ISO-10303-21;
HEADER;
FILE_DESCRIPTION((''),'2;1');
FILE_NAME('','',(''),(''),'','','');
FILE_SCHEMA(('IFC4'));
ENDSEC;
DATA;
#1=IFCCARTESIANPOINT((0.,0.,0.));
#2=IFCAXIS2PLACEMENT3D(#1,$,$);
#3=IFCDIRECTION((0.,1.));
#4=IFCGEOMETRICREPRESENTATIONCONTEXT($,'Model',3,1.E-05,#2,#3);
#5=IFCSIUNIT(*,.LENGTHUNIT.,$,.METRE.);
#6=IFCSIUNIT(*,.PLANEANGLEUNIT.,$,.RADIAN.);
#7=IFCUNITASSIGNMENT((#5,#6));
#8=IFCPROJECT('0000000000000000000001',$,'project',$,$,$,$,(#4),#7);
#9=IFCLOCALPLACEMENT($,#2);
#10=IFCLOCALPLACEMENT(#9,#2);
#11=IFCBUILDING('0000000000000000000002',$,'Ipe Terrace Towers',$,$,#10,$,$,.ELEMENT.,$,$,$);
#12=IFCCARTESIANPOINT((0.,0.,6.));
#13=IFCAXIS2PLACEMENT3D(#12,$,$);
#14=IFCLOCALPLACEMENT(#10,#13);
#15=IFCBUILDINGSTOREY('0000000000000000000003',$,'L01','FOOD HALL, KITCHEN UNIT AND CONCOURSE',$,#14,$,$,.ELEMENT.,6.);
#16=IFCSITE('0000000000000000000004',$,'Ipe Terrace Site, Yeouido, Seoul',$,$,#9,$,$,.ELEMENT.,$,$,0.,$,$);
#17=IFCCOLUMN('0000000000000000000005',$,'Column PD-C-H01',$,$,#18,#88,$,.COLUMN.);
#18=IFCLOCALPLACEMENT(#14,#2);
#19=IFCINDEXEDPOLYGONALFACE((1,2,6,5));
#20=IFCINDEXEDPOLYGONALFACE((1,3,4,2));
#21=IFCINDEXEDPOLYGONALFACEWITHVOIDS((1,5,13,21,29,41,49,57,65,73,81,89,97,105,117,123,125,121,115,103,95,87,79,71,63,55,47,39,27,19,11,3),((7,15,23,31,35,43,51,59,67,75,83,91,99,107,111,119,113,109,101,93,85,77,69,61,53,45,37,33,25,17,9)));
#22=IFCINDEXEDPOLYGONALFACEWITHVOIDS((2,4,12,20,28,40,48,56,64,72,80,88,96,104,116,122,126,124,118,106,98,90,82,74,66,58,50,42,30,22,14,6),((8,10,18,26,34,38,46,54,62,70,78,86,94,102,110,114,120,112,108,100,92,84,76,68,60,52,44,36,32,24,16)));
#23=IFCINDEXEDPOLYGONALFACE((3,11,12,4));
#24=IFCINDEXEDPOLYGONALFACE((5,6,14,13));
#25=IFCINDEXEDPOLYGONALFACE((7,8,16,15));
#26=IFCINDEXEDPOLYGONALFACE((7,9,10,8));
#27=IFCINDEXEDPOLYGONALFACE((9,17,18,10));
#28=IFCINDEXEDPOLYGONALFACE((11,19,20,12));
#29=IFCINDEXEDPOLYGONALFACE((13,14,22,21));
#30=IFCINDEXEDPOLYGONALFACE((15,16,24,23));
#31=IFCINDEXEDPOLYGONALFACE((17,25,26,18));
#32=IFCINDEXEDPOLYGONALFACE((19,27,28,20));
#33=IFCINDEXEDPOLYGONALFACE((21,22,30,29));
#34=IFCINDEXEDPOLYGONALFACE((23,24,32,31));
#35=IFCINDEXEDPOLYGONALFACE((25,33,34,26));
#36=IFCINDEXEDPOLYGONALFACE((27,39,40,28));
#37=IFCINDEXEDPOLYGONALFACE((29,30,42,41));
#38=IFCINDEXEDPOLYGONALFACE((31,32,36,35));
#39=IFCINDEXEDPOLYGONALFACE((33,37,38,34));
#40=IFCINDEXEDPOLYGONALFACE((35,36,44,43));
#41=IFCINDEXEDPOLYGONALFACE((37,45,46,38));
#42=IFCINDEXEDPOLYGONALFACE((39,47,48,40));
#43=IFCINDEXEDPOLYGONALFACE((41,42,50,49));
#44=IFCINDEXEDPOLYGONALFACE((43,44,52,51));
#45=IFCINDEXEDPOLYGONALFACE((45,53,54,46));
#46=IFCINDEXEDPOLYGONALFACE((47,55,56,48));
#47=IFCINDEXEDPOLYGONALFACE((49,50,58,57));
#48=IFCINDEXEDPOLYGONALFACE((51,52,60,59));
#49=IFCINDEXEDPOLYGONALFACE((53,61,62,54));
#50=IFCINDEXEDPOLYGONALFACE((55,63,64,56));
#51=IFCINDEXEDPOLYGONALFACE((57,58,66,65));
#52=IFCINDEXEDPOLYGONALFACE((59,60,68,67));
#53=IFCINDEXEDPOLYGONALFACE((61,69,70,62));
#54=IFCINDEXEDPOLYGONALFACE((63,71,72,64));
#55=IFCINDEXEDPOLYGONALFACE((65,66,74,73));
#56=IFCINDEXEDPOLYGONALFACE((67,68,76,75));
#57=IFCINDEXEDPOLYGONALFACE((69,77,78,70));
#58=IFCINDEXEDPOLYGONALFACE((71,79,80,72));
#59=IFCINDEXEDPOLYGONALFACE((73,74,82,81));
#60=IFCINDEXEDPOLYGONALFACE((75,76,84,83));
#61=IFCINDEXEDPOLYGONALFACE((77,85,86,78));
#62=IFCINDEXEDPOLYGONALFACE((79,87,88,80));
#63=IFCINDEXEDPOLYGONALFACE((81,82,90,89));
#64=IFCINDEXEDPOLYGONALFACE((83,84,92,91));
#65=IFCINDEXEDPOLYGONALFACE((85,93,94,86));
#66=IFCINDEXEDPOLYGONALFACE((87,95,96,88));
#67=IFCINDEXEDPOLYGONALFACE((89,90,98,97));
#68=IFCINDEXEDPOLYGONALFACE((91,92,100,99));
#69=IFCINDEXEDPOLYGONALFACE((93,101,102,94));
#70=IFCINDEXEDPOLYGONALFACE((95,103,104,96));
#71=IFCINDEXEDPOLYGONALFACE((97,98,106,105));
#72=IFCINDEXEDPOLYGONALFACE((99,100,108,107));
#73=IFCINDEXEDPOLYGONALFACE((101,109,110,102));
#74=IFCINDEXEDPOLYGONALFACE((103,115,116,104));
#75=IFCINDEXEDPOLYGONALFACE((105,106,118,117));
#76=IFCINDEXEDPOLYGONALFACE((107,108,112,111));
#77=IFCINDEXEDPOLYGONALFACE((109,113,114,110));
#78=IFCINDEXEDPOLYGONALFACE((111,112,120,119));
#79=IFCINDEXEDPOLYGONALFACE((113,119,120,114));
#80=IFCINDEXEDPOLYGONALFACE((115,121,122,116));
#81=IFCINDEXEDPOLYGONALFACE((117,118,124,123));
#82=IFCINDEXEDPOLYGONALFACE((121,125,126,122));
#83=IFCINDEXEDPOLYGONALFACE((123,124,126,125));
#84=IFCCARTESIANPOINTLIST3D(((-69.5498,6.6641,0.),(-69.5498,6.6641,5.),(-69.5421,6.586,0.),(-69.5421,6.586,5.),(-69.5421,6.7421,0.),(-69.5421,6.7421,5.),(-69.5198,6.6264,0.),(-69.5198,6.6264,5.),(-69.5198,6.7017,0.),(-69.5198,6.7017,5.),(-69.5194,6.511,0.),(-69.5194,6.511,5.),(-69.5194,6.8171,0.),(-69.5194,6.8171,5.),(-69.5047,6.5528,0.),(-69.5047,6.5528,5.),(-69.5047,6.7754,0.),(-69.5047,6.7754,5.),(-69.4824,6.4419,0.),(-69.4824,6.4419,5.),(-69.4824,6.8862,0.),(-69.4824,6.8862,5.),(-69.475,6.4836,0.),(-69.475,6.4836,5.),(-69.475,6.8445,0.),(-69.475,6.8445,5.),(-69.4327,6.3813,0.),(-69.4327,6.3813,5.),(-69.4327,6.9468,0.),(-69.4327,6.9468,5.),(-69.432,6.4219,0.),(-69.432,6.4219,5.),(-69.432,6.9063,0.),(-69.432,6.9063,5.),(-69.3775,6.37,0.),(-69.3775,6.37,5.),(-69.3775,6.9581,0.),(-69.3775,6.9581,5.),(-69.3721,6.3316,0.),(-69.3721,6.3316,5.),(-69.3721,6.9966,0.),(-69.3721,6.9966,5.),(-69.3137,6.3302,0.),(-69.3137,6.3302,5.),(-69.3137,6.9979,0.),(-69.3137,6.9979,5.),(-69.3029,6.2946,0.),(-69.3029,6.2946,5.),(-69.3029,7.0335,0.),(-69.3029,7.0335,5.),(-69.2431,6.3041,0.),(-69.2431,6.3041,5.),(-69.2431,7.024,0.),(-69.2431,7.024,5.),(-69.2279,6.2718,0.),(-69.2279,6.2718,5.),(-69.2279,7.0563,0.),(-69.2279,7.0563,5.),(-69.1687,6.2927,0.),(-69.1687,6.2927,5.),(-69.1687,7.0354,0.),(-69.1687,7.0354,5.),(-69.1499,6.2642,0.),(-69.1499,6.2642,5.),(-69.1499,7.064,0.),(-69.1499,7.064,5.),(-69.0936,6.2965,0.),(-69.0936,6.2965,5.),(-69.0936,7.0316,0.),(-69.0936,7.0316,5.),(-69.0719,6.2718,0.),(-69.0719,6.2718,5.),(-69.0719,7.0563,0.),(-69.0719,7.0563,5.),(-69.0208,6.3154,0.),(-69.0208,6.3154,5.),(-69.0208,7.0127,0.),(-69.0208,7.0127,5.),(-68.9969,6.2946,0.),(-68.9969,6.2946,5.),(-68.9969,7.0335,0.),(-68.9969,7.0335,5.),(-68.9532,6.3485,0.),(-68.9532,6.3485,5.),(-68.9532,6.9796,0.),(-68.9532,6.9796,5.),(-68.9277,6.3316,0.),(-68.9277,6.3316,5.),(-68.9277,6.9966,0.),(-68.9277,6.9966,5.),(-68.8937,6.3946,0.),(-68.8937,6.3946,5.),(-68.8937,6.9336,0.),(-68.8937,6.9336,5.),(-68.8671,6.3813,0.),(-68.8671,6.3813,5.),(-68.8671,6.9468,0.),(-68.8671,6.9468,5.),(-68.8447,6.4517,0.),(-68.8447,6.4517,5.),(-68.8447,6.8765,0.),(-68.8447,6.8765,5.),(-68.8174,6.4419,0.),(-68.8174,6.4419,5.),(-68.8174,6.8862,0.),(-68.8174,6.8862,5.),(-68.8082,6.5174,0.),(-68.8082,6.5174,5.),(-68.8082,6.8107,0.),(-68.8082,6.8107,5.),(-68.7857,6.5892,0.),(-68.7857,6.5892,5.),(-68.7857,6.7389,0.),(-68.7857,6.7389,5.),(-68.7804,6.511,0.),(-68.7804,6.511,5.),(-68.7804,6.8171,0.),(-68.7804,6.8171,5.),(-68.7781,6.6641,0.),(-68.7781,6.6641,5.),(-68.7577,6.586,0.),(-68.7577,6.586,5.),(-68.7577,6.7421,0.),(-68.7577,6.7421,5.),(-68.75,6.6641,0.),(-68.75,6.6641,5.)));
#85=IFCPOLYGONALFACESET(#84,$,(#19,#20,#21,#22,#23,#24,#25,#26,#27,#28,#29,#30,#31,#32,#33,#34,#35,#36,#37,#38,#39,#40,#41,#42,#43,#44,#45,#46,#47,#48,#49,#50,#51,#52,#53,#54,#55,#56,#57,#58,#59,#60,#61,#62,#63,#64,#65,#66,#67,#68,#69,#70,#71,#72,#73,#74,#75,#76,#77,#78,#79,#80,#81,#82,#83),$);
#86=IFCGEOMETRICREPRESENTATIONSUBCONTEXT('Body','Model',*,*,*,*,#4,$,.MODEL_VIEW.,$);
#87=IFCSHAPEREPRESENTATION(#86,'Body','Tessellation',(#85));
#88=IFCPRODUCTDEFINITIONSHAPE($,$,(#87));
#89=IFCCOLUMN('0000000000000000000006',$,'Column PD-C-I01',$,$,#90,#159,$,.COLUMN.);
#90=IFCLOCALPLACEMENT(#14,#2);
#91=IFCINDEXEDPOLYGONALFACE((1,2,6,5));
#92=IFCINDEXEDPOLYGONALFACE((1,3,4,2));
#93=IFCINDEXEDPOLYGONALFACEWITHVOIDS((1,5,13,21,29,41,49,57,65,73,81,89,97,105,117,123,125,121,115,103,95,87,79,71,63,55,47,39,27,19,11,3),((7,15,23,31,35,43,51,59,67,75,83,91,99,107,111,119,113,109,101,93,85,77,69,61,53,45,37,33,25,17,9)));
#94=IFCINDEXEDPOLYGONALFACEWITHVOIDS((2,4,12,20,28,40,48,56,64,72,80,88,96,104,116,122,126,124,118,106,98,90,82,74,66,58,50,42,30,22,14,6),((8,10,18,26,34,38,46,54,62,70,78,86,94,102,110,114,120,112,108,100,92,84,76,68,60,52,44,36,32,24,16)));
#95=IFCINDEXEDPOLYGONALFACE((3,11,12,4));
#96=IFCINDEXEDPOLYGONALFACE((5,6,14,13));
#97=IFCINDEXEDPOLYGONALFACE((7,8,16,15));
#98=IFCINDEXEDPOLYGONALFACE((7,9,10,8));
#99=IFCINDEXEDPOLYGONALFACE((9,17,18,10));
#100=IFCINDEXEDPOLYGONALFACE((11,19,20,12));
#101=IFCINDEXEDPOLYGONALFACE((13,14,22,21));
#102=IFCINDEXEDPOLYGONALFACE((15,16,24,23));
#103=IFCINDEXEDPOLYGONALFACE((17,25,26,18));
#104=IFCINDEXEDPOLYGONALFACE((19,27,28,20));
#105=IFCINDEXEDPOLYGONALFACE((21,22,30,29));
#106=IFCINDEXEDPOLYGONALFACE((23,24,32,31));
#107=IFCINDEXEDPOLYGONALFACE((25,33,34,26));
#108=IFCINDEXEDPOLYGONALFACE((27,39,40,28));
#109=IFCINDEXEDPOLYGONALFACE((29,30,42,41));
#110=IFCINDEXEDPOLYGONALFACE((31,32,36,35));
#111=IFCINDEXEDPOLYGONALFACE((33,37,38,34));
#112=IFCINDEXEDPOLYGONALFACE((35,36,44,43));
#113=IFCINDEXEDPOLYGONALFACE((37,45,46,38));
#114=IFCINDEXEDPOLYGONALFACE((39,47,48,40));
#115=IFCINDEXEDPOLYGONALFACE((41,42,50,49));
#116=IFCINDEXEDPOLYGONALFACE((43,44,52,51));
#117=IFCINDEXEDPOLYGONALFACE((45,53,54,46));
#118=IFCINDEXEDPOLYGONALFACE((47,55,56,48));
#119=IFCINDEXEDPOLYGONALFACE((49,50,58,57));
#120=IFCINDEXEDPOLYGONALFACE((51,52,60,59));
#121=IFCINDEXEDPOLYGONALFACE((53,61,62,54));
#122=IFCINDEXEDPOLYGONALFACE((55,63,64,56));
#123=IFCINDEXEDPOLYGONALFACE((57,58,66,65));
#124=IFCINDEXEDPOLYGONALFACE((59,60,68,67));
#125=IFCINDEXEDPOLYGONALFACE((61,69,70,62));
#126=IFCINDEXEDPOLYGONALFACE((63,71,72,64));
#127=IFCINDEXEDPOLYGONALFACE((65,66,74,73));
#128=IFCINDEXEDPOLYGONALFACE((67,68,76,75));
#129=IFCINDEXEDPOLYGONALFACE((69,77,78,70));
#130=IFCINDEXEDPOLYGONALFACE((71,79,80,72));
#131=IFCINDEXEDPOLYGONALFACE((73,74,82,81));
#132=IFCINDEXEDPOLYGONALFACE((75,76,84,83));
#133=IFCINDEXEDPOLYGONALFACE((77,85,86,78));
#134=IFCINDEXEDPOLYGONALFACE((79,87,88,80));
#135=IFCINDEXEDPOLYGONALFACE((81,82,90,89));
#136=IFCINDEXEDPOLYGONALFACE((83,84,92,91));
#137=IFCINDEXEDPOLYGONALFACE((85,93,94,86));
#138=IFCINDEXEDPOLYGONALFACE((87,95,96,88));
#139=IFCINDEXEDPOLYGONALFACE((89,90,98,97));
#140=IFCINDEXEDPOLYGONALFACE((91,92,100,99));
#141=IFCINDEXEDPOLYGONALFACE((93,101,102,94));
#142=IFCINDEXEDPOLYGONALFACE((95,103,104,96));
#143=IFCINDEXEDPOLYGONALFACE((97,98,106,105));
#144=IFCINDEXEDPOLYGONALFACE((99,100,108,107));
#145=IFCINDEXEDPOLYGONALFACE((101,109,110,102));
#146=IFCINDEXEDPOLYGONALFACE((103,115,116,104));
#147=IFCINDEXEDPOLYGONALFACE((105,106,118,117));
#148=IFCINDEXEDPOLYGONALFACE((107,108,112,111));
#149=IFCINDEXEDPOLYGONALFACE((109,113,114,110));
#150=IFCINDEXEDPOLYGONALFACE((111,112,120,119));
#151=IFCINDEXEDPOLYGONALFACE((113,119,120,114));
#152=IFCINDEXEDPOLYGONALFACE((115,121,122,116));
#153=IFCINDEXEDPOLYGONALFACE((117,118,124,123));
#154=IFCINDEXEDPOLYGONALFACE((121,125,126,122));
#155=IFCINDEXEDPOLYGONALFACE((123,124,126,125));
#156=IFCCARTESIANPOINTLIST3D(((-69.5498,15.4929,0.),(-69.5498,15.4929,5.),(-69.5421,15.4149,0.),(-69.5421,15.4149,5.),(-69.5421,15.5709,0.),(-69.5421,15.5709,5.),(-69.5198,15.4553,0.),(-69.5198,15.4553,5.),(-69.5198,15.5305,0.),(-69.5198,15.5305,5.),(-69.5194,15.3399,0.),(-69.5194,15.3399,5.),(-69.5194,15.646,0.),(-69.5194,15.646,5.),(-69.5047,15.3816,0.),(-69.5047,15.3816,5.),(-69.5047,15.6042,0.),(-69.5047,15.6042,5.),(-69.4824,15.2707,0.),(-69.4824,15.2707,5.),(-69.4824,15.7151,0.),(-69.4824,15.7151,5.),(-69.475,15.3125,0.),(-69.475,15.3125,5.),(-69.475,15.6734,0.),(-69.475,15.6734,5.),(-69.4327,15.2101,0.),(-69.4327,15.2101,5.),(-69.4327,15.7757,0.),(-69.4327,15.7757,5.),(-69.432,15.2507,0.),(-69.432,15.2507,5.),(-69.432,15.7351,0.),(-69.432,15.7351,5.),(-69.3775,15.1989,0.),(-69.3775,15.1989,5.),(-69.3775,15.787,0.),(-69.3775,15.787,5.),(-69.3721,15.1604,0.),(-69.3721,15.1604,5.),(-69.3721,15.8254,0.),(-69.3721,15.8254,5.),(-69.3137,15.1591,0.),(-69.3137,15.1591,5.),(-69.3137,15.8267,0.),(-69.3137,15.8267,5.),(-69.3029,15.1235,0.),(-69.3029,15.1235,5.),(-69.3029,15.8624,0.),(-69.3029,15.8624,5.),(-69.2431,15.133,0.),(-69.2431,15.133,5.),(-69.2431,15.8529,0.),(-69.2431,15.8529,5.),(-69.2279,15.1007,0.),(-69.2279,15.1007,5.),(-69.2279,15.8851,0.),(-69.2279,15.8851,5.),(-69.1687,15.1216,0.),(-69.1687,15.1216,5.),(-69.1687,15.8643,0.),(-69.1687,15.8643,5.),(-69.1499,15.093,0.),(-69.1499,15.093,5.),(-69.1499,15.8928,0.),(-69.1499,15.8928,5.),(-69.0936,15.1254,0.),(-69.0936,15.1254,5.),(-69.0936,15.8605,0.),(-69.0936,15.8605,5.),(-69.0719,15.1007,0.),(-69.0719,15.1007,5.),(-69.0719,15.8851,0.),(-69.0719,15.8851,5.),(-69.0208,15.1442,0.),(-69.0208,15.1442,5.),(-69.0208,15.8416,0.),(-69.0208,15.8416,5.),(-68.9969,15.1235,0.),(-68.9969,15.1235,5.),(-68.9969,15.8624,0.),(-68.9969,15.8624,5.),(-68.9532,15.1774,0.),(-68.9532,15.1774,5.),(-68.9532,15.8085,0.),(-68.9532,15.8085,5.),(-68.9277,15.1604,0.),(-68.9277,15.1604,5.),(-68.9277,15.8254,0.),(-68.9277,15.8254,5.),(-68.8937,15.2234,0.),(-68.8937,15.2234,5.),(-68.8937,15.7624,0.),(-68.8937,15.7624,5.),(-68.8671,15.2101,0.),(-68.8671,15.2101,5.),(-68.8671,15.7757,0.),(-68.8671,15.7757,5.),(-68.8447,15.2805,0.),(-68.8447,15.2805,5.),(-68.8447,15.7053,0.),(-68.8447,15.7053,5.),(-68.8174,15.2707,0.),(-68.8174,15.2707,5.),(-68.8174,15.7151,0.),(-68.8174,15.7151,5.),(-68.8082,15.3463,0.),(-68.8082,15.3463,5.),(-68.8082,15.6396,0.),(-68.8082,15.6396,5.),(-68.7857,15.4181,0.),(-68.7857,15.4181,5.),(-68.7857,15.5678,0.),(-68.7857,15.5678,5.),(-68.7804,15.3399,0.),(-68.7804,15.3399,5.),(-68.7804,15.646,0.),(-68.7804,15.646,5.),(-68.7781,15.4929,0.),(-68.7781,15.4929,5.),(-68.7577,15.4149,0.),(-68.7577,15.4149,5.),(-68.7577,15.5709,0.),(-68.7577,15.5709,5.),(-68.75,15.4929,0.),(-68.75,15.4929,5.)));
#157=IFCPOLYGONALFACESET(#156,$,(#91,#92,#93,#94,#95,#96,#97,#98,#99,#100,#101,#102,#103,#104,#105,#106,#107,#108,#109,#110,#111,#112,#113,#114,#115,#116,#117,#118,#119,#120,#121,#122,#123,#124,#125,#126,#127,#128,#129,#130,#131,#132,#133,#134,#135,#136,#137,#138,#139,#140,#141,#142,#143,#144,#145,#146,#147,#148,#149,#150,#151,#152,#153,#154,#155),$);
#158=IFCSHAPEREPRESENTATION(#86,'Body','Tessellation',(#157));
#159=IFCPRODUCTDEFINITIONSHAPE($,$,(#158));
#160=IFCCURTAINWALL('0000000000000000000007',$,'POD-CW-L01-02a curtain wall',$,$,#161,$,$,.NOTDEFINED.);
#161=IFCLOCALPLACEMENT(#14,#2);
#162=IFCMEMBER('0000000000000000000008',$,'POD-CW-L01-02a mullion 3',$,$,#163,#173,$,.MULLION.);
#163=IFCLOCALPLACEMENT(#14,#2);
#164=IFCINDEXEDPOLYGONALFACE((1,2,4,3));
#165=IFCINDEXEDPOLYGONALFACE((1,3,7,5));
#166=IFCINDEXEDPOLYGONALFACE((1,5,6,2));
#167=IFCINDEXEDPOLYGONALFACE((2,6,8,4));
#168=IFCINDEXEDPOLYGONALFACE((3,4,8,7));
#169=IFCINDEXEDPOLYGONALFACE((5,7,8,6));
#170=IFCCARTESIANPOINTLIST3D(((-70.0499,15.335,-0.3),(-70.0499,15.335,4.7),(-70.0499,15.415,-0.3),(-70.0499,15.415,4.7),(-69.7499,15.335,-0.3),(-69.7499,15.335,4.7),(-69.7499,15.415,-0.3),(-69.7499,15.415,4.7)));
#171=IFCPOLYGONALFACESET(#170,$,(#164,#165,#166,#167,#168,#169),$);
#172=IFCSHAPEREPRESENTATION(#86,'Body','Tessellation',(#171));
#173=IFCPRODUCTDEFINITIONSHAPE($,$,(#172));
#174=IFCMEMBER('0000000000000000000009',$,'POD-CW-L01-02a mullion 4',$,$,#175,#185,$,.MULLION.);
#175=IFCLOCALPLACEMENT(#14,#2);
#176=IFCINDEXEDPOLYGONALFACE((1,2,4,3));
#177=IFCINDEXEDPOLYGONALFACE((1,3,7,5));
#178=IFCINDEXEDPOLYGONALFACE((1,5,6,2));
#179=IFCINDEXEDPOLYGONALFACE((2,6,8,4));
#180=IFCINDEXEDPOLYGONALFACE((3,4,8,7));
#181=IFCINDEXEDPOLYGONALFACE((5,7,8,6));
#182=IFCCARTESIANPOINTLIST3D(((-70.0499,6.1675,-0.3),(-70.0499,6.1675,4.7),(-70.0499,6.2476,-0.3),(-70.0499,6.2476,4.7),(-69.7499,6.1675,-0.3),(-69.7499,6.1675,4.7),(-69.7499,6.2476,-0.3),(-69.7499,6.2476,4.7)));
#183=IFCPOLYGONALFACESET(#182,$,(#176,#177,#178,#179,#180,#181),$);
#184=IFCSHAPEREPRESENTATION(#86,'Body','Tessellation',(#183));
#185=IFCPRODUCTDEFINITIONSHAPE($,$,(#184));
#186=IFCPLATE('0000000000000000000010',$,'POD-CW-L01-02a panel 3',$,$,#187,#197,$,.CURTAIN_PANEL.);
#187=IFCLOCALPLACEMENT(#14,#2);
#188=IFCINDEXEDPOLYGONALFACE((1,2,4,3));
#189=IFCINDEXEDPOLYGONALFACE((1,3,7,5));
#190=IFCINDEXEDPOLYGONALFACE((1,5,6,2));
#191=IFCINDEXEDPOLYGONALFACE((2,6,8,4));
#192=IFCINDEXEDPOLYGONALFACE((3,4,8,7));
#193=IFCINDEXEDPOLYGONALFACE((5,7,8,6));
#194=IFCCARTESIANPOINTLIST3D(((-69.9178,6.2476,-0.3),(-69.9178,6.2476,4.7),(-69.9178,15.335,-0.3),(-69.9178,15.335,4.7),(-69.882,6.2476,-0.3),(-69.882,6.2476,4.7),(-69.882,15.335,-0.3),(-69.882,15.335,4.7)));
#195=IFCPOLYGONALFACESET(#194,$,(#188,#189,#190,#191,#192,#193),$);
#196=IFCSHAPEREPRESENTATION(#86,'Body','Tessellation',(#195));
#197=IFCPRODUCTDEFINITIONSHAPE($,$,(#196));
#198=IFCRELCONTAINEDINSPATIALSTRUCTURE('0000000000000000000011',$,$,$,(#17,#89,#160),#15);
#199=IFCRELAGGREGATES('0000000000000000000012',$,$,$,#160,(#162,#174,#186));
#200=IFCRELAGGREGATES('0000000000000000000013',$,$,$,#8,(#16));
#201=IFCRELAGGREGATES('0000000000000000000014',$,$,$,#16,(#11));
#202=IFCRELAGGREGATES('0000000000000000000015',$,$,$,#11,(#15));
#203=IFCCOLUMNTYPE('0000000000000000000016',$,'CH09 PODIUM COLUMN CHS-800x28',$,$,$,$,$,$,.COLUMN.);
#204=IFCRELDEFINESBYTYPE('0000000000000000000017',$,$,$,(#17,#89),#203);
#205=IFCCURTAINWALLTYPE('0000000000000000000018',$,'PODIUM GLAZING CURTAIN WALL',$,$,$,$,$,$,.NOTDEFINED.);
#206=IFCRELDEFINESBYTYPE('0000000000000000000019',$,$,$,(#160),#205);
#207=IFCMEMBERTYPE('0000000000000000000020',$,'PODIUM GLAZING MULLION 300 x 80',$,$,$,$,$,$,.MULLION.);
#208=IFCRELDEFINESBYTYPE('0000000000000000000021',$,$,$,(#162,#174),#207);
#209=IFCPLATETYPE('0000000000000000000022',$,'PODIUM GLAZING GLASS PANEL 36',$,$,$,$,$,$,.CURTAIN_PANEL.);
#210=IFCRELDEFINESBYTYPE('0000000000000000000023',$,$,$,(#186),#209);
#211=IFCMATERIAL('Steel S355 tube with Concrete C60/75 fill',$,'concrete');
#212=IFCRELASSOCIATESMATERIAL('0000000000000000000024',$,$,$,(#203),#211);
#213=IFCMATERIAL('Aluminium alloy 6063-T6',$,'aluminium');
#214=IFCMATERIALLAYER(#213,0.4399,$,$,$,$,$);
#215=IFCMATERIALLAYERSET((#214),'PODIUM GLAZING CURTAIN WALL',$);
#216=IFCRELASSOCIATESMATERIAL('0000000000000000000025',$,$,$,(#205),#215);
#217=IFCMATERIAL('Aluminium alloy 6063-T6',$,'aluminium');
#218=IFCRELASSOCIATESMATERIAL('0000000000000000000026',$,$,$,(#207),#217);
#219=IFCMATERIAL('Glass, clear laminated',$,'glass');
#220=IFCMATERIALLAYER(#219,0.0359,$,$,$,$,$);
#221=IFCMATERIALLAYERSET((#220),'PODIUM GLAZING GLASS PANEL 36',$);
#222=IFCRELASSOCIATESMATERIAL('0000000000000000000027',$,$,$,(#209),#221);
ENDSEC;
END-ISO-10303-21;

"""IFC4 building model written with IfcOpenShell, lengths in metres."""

from ifc_helpers import new_model, si_unit, direction, frame, origin, origin_2d, place, context, subcontext, project, spatial, rectangle, hollow_circle, extrude, material, layer, layer_set, material_profile, profile_set, type_object, element, aggregate, save


model = new_model("IFC4")

# Units and contexts
model_context = context("Model", 3, precision=1e-05, world=origin(), true_north=direction((0.0, 1.0)))
body_context = subcontext(model_context, "Body", "Model", "MODEL_VIEW")
ifc_project = project(units=[si_unit("LENGTHUNIT", "METRE"), si_unit("PLANEANGLEUNIT", "RADIAN")], contexts=[model_context])

# Site, building, storey
site_placement = place(None, origin())
site = spatial("IfcSite", under=ifc_project, at=site_placement, Name="Ipe Terrace Site, Yeouido, Seoul", CompositionType="ELEMENT", RefElevation=0.0)
building_placement = place(site_placement, origin())
building = spatial("IfcBuilding", under=site, at=building_placement, Name="Ipe Terrace Towers", CompositionType="ELEMENT")
storey_placement = place(building_placement, frame((0.0, 0.0, 6.0)))
storey = spatial("IfcBuildingStorey", under=building, at=storey_placement, Name="L01", Description="FOOD HALL, KITCHEN UNIT AND CONCOURSE", CompositionType="ELEMENT", Elevation=6.0)

# Columns
ifc_material_1 = material(Name="Steel S355 tube with Concrete C60/75 fill", Category="concrete")
ifc_material_profile_1 = material_profile(ifc_material_1, hollow_circle(Radius=0.3999, WallThickness=0.0281, at=origin_2d()), Name="CHS-800x28")
ifc_profile_set_1 = profile_set([ifc_material_profile_1], Name="Steel S355 tube with Concrete C60/75 fill")
column_type = type_object("IfcColumnType", Name="CH09 PODIUM COLUMN CHS-800x28", PredefinedType="COLUMN", material=ifc_profile_set_1)
for number, where, z_axis, x_axis, name in (
    (1, (-69.1499, 6.6641, 0.0), (0.0, 0.0, 1.0), (1.0, 0.0, 0.0), "Column PD-C-H01"),
    (2, (-69.1499, 15.4929, 0.0), (0.0, 0.0, 1.0), (1.0, 0.0, 0.0), "Column PD-C-I01"),
):
    element("IfcColumn", number, at=place(storey_placement, frame(where, z_axis=z_axis, x_axis=x_axis)), inside=storey, type_object=column_type, Name=name, PredefinedType="COLUMN", context=body_context, shape_type="SweptSolid", body=[
        extrude(hollow_circle(Radius=0.3999, WallThickness=0.0281, at=origin_2d()), origin(), (0.0, 0.0, 1.0), 5.0),
    ])

# Curtain wall, members, plate
ifc_material_2 = material(Name="Aluminium alloy 6063-T6", Category="aluminium")
ifc_layer_1 = layer(ifc_material_2, 0.4399)
ifc_layer_set_1 = layer_set([ifc_layer_1], Name="PODIUM GLAZING CURTAIN WALL")
curtain_wall_type = type_object("IfcCurtainWallType", Name="PODIUM GLAZING CURTAIN WALL", PredefinedType="NOTDEFINED", material=ifc_layer_set_1)
curtain_wall_placement = place(storey_placement, origin())
curtain_wall = element("IfcCurtainWall", 3, at=curtain_wall_placement, inside=storey, type_object=curtain_wall_type, Name="POD-CW-L01-02a curtain wall", PredefinedType="NOTDEFINED")
ifc_material_3 = material(Name="Aluminium alloy 6063-T6", Category="aluminium")
ifc_material_profile_2 = material_profile(ifc_material_3, rectangle(XDim=0.3, YDim=0.0801, at=origin_2d()), Name="PODIUM GLAZING MULLION 300 x 80")
ifc_profile_set_2 = profile_set([ifc_material_profile_2], Name="Aluminium alloy 6063-T6")
member_type = type_object("IfcMemberType", Name="PODIUM GLAZING MULLION 300 x 80", PredefinedType="MULLION", material=ifc_profile_set_2)
member_1_placement = place(storey_placement, frame((-69.8999, 15.375, -0.3), z_axis=(0.0, 0.0, 1.0), x_axis=(-1.0, 0.0, 0.0)))
member_1 = element("IfcMember", 4, at=member_1_placement, type_object=member_type, Name="POD-CW-L01-02a mullion 3", PredefinedType="MULLION", context=body_context, shape_type="SweptSolid", body=[
    extrude(rectangle(XDim=0.3, YDim=0.0801, at=origin_2d()), origin(), (0.0, 0.0, 1.0), 5.0),
])
member_2_placement = place(storey_placement, frame((-69.8999, 6.2075, -0.3), z_axis=(0.0, 0.0, 1.0), x_axis=(-1.0, 0.0, 0.0)))
member_2 = element("IfcMember", 5, at=member_2_placement, type_object=member_type, Name="POD-CW-L01-02a mullion 4", PredefinedType="MULLION", context=body_context, shape_type="SweptSolid", body=[
    extrude(rectangle(XDim=0.3, YDim=0.0801, at=origin_2d()), origin(), (0.0, 0.0, 1.0), 5.0),
])
ifc_material_4 = material(Name="Glass, clear laminated", Category="glass")
ifc_layer_2 = layer(ifc_material_4, 0.0359)
ifc_layer_set_2 = layer_set([ifc_layer_2], Name="PODIUM GLAZING GLASS PANEL 36")
plate_type = type_object("IfcPlateType", Name="PODIUM GLAZING GLASS PANEL 36", PredefinedType="CURTAIN_PANEL", material=ifc_layer_set_2)
plate_1_placement = place(storey_placement, frame((-69.8999, 10.7913, -0.3), z_axis=(0.0, 0.0, 1.0), x_axis=(0.0, -1.0, 0.0)))
plate_1 = element("IfcPlate", 6, at=plate_1_placement, type_object=plate_type, Name="POD-CW-L01-02a panel 3", PredefinedType="CURTAIN_PANEL", context=body_context, shape_type="SweptSolid", body=[
    extrude(rectangle(XDim=9.0874, YDim=0.0359, at=origin_2d()), origin(), (0.0, 0.0, 1.0), 5.0),
])
aggregate(curtain_wall, [member_1, member_2, plate_1])

save(model, "model.ifc")
